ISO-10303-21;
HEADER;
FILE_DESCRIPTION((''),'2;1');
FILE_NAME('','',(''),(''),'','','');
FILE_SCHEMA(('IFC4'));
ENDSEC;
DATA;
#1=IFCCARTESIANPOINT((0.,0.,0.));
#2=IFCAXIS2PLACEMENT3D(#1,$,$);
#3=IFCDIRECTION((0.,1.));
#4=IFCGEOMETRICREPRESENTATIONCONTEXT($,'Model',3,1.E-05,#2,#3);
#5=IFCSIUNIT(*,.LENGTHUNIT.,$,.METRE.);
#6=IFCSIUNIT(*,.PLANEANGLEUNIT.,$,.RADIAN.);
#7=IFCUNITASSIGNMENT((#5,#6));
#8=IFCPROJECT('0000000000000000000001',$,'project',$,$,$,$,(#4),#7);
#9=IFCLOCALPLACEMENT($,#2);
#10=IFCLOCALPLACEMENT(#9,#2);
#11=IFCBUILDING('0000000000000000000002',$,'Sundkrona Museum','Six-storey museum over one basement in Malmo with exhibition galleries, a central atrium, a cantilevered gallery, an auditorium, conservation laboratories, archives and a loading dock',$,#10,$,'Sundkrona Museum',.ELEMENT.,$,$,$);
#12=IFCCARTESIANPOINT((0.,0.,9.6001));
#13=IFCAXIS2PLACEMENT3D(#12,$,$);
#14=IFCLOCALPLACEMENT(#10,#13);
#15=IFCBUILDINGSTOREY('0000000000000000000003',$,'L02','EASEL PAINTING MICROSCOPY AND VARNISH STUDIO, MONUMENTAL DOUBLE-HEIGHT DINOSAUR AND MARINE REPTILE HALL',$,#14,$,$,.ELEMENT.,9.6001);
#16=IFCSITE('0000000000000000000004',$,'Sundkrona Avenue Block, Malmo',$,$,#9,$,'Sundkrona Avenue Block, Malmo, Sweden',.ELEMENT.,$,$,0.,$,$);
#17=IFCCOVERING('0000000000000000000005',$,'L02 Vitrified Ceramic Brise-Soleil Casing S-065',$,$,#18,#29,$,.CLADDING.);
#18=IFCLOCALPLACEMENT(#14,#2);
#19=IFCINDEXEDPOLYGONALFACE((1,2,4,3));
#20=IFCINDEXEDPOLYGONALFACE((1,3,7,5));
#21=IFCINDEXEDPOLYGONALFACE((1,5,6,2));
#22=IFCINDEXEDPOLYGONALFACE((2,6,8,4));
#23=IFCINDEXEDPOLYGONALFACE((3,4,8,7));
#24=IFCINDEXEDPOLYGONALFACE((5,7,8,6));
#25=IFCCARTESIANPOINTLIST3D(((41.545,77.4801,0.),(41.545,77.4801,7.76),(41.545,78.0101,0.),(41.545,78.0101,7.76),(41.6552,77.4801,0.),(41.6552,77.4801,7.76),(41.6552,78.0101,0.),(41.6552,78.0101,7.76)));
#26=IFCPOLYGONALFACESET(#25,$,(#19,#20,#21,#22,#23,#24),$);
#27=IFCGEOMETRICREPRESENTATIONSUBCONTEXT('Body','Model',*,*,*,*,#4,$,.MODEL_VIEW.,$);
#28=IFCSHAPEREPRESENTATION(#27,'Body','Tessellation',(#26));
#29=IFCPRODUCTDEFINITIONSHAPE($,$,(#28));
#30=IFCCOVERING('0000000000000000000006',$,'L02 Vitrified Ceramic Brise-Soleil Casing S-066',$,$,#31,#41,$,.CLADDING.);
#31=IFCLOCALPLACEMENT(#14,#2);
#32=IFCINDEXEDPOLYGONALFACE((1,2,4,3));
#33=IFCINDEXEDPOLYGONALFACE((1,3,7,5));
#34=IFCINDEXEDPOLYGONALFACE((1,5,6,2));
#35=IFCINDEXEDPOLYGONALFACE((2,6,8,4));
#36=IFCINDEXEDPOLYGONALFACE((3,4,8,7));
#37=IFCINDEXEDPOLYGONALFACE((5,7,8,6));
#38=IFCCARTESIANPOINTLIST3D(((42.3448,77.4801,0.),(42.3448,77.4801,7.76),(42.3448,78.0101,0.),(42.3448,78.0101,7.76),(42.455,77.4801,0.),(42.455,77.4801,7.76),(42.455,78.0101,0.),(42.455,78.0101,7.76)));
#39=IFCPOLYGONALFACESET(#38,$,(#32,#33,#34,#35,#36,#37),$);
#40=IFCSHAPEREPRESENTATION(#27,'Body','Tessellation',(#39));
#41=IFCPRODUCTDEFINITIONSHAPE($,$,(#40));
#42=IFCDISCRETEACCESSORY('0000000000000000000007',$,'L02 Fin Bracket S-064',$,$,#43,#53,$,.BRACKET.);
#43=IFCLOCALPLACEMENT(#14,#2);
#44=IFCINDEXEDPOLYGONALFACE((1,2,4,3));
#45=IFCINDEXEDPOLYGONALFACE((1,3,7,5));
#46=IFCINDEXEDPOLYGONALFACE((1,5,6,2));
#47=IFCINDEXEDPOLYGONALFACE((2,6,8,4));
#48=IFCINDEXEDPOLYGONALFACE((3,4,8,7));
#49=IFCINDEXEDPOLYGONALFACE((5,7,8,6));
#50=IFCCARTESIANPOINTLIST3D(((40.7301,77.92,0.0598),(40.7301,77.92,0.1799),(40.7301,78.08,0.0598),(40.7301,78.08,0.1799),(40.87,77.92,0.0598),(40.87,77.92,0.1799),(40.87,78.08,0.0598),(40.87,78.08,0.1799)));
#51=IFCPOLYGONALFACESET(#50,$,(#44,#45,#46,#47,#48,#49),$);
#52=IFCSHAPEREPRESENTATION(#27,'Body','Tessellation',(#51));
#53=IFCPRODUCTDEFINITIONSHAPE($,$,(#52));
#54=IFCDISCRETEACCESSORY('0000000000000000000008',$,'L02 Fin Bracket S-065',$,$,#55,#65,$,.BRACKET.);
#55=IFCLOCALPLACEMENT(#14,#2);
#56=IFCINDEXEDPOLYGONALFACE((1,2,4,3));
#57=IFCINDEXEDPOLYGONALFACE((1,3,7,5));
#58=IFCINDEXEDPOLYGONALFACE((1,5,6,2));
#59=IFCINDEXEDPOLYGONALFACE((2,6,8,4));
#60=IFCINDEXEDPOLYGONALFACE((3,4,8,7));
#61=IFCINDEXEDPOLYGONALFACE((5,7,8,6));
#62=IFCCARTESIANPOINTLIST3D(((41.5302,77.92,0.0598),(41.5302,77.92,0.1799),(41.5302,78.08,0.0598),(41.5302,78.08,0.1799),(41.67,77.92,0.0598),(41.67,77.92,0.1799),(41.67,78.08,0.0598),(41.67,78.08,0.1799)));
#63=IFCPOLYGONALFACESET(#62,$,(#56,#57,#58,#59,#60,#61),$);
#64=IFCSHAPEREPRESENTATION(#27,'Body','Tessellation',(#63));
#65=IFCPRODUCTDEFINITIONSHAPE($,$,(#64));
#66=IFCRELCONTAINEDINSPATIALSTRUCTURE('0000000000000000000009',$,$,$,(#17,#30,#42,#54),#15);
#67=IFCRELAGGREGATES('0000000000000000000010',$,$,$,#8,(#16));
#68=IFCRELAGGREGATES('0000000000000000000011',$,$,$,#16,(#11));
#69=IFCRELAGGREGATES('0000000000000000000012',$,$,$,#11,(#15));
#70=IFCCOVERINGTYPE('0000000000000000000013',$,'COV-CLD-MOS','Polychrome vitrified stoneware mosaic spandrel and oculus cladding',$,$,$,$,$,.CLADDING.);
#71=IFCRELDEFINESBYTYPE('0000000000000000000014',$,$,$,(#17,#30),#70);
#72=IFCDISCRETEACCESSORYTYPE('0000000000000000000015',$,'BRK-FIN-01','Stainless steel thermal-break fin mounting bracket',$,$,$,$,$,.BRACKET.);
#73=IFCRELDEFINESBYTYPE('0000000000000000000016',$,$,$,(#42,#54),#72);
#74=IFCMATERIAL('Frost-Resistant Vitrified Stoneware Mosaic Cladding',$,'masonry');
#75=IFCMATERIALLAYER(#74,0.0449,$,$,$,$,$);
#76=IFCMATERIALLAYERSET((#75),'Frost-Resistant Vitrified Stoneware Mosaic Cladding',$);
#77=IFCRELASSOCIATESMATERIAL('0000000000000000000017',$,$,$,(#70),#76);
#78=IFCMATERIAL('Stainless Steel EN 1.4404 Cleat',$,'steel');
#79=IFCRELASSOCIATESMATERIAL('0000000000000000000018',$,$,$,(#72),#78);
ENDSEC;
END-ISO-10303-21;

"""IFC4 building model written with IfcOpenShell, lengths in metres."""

from ifc_helpers import new_model, si_unit, direction, frame, origin, origin_2d, place, context, subcontext, project, spatial, rectangle, extrude, material, layer, layer_set, type_object, element, save


model = new_model("IFC4")

# Units and contexts
model_context = context("Model", 3, precision=1e-05, world=origin(), true_north=direction((0.0, 1.0)))
body_context = subcontext(model_context, "Body", "Model", "MODEL_VIEW")
ifc_project = project(units=[si_unit("LENGTHUNIT", "METRE"), si_unit("PLANEANGLEUNIT", "RADIAN")], contexts=[model_context])

# Site, building, storey
site_placement = place(None, origin())
site = spatial("IfcSite", under=ifc_project, at=site_placement, Name="Sundkrona Avenue Block, Malmo", LongName="Sundkrona Avenue Block, Malmo, Sweden", CompositionType="ELEMENT", RefElevation=0.0)
building_placement = place(site_placement, origin())
building = spatial("IfcBuilding", under=site, at=building_placement, Name="Sundkrona Museum", Description="Six-storey museum over one basement in Malmo with exhibition galleries, a central atrium, a cantilevered gallery, an auditorium, conservation laboratories, archives and a loading dock", LongName="Sundkrona Museum", CompositionType="ELEMENT")
storey_placement = place(building_placement, frame((0.0, 0.0, 9.6001)))
storey = spatial("IfcBuildingStorey", under=building, at=storey_placement, Name="L02", Description="EASEL PAINTING MICROSCOPY AND VARNISH STUDIO, MONUMENTAL DOUBLE-HEIGHT DINOSAUR AND MARINE REPTILE HALL", CompositionType="ELEMENT", Elevation=9.6001)

# Coverings
ifc_material_1 = material(Name="Frost-Resistant Vitrified Stoneware Mosaic Cladding", Category="masonry")
ifc_layer_1 = layer(ifc_material_1, 0.0449)
ifc_layer_set_1 = layer_set([ifc_layer_1], Name="Frost-Resistant Vitrified Stoneware Mosaic Cladding")
covering_type = type_object("IfcCoveringType", Name="COV-CLD-MOS", Description="Polychrome vitrified stoneware mosaic spandrel and oculus cladding", PredefinedType="CLADDING", material=ifc_layer_set_1)
for number, where, z_axis, x_axis, name in (
    (1, (41.6001, 77.7451, 0.0), (0.0, 0.0, 1.0), (1.0, 0.0, 0.0), "L02 Vitrified Ceramic Brise-Soleil Casing S-065"),
    (2, (42.3999, 77.7451, 0.0), (0.0, 0.0, 1.0), (1.0, 0.0, 0.0), "L02 Vitrified Ceramic Brise-Soleil Casing S-066"),
):
    element("IfcCovering", number, at=place(storey_placement, frame(where, z_axis=z_axis, x_axis=x_axis)), inside=storey, type_object=covering_type, Name=name, PredefinedType="CLADDING", context=body_context, shape_type="SweptSolid", body=[
        extrude(rectangle(XDim=0.1101, YDim=0.53, at=origin_2d()), origin(), (0.0, 0.0, 1.0), 7.76),
    ])

# Discrete accessories
ifc_material_2 = material(Name="Stainless Steel EN 1.4404 Cleat", Category="steel")
discrete_accessory_type = type_object("IfcDiscreteAccessoryType", Name="BRK-FIN-01", Description="Stainless steel thermal-break fin mounting bracket", PredefinedType="BRACKET", material=ifc_material_2)
for number, where, z_axis, x_axis, name in (
    (3, (40.8, 78.0, 0.0598), (0.0, 0.0, 1.0), (1.0, 0.0, 0.0), "L02 Fin Bracket S-064"),
    (4, (41.6001, 78.0, 0.0598), (0.0, 0.0, 1.0), (1.0, 0.0, 0.0), "L02 Fin Bracket S-065"),
):
    element("IfcDiscreteAccessory", number, at=place(storey_placement, frame(where, z_axis=z_axis, x_axis=x_axis)), inside=storey, type_object=discrete_accessory_type, Name=name, PredefinedType="BRACKET", context=body_context, shape_type="SweptSolid", body=[
        extrude(rectangle(XDim=0.1399, YDim=0.1599, at=origin_2d()), origin(), (0.0, 0.0, 1.0), 0.1201),
    ])

save(model, "model.ifc")
